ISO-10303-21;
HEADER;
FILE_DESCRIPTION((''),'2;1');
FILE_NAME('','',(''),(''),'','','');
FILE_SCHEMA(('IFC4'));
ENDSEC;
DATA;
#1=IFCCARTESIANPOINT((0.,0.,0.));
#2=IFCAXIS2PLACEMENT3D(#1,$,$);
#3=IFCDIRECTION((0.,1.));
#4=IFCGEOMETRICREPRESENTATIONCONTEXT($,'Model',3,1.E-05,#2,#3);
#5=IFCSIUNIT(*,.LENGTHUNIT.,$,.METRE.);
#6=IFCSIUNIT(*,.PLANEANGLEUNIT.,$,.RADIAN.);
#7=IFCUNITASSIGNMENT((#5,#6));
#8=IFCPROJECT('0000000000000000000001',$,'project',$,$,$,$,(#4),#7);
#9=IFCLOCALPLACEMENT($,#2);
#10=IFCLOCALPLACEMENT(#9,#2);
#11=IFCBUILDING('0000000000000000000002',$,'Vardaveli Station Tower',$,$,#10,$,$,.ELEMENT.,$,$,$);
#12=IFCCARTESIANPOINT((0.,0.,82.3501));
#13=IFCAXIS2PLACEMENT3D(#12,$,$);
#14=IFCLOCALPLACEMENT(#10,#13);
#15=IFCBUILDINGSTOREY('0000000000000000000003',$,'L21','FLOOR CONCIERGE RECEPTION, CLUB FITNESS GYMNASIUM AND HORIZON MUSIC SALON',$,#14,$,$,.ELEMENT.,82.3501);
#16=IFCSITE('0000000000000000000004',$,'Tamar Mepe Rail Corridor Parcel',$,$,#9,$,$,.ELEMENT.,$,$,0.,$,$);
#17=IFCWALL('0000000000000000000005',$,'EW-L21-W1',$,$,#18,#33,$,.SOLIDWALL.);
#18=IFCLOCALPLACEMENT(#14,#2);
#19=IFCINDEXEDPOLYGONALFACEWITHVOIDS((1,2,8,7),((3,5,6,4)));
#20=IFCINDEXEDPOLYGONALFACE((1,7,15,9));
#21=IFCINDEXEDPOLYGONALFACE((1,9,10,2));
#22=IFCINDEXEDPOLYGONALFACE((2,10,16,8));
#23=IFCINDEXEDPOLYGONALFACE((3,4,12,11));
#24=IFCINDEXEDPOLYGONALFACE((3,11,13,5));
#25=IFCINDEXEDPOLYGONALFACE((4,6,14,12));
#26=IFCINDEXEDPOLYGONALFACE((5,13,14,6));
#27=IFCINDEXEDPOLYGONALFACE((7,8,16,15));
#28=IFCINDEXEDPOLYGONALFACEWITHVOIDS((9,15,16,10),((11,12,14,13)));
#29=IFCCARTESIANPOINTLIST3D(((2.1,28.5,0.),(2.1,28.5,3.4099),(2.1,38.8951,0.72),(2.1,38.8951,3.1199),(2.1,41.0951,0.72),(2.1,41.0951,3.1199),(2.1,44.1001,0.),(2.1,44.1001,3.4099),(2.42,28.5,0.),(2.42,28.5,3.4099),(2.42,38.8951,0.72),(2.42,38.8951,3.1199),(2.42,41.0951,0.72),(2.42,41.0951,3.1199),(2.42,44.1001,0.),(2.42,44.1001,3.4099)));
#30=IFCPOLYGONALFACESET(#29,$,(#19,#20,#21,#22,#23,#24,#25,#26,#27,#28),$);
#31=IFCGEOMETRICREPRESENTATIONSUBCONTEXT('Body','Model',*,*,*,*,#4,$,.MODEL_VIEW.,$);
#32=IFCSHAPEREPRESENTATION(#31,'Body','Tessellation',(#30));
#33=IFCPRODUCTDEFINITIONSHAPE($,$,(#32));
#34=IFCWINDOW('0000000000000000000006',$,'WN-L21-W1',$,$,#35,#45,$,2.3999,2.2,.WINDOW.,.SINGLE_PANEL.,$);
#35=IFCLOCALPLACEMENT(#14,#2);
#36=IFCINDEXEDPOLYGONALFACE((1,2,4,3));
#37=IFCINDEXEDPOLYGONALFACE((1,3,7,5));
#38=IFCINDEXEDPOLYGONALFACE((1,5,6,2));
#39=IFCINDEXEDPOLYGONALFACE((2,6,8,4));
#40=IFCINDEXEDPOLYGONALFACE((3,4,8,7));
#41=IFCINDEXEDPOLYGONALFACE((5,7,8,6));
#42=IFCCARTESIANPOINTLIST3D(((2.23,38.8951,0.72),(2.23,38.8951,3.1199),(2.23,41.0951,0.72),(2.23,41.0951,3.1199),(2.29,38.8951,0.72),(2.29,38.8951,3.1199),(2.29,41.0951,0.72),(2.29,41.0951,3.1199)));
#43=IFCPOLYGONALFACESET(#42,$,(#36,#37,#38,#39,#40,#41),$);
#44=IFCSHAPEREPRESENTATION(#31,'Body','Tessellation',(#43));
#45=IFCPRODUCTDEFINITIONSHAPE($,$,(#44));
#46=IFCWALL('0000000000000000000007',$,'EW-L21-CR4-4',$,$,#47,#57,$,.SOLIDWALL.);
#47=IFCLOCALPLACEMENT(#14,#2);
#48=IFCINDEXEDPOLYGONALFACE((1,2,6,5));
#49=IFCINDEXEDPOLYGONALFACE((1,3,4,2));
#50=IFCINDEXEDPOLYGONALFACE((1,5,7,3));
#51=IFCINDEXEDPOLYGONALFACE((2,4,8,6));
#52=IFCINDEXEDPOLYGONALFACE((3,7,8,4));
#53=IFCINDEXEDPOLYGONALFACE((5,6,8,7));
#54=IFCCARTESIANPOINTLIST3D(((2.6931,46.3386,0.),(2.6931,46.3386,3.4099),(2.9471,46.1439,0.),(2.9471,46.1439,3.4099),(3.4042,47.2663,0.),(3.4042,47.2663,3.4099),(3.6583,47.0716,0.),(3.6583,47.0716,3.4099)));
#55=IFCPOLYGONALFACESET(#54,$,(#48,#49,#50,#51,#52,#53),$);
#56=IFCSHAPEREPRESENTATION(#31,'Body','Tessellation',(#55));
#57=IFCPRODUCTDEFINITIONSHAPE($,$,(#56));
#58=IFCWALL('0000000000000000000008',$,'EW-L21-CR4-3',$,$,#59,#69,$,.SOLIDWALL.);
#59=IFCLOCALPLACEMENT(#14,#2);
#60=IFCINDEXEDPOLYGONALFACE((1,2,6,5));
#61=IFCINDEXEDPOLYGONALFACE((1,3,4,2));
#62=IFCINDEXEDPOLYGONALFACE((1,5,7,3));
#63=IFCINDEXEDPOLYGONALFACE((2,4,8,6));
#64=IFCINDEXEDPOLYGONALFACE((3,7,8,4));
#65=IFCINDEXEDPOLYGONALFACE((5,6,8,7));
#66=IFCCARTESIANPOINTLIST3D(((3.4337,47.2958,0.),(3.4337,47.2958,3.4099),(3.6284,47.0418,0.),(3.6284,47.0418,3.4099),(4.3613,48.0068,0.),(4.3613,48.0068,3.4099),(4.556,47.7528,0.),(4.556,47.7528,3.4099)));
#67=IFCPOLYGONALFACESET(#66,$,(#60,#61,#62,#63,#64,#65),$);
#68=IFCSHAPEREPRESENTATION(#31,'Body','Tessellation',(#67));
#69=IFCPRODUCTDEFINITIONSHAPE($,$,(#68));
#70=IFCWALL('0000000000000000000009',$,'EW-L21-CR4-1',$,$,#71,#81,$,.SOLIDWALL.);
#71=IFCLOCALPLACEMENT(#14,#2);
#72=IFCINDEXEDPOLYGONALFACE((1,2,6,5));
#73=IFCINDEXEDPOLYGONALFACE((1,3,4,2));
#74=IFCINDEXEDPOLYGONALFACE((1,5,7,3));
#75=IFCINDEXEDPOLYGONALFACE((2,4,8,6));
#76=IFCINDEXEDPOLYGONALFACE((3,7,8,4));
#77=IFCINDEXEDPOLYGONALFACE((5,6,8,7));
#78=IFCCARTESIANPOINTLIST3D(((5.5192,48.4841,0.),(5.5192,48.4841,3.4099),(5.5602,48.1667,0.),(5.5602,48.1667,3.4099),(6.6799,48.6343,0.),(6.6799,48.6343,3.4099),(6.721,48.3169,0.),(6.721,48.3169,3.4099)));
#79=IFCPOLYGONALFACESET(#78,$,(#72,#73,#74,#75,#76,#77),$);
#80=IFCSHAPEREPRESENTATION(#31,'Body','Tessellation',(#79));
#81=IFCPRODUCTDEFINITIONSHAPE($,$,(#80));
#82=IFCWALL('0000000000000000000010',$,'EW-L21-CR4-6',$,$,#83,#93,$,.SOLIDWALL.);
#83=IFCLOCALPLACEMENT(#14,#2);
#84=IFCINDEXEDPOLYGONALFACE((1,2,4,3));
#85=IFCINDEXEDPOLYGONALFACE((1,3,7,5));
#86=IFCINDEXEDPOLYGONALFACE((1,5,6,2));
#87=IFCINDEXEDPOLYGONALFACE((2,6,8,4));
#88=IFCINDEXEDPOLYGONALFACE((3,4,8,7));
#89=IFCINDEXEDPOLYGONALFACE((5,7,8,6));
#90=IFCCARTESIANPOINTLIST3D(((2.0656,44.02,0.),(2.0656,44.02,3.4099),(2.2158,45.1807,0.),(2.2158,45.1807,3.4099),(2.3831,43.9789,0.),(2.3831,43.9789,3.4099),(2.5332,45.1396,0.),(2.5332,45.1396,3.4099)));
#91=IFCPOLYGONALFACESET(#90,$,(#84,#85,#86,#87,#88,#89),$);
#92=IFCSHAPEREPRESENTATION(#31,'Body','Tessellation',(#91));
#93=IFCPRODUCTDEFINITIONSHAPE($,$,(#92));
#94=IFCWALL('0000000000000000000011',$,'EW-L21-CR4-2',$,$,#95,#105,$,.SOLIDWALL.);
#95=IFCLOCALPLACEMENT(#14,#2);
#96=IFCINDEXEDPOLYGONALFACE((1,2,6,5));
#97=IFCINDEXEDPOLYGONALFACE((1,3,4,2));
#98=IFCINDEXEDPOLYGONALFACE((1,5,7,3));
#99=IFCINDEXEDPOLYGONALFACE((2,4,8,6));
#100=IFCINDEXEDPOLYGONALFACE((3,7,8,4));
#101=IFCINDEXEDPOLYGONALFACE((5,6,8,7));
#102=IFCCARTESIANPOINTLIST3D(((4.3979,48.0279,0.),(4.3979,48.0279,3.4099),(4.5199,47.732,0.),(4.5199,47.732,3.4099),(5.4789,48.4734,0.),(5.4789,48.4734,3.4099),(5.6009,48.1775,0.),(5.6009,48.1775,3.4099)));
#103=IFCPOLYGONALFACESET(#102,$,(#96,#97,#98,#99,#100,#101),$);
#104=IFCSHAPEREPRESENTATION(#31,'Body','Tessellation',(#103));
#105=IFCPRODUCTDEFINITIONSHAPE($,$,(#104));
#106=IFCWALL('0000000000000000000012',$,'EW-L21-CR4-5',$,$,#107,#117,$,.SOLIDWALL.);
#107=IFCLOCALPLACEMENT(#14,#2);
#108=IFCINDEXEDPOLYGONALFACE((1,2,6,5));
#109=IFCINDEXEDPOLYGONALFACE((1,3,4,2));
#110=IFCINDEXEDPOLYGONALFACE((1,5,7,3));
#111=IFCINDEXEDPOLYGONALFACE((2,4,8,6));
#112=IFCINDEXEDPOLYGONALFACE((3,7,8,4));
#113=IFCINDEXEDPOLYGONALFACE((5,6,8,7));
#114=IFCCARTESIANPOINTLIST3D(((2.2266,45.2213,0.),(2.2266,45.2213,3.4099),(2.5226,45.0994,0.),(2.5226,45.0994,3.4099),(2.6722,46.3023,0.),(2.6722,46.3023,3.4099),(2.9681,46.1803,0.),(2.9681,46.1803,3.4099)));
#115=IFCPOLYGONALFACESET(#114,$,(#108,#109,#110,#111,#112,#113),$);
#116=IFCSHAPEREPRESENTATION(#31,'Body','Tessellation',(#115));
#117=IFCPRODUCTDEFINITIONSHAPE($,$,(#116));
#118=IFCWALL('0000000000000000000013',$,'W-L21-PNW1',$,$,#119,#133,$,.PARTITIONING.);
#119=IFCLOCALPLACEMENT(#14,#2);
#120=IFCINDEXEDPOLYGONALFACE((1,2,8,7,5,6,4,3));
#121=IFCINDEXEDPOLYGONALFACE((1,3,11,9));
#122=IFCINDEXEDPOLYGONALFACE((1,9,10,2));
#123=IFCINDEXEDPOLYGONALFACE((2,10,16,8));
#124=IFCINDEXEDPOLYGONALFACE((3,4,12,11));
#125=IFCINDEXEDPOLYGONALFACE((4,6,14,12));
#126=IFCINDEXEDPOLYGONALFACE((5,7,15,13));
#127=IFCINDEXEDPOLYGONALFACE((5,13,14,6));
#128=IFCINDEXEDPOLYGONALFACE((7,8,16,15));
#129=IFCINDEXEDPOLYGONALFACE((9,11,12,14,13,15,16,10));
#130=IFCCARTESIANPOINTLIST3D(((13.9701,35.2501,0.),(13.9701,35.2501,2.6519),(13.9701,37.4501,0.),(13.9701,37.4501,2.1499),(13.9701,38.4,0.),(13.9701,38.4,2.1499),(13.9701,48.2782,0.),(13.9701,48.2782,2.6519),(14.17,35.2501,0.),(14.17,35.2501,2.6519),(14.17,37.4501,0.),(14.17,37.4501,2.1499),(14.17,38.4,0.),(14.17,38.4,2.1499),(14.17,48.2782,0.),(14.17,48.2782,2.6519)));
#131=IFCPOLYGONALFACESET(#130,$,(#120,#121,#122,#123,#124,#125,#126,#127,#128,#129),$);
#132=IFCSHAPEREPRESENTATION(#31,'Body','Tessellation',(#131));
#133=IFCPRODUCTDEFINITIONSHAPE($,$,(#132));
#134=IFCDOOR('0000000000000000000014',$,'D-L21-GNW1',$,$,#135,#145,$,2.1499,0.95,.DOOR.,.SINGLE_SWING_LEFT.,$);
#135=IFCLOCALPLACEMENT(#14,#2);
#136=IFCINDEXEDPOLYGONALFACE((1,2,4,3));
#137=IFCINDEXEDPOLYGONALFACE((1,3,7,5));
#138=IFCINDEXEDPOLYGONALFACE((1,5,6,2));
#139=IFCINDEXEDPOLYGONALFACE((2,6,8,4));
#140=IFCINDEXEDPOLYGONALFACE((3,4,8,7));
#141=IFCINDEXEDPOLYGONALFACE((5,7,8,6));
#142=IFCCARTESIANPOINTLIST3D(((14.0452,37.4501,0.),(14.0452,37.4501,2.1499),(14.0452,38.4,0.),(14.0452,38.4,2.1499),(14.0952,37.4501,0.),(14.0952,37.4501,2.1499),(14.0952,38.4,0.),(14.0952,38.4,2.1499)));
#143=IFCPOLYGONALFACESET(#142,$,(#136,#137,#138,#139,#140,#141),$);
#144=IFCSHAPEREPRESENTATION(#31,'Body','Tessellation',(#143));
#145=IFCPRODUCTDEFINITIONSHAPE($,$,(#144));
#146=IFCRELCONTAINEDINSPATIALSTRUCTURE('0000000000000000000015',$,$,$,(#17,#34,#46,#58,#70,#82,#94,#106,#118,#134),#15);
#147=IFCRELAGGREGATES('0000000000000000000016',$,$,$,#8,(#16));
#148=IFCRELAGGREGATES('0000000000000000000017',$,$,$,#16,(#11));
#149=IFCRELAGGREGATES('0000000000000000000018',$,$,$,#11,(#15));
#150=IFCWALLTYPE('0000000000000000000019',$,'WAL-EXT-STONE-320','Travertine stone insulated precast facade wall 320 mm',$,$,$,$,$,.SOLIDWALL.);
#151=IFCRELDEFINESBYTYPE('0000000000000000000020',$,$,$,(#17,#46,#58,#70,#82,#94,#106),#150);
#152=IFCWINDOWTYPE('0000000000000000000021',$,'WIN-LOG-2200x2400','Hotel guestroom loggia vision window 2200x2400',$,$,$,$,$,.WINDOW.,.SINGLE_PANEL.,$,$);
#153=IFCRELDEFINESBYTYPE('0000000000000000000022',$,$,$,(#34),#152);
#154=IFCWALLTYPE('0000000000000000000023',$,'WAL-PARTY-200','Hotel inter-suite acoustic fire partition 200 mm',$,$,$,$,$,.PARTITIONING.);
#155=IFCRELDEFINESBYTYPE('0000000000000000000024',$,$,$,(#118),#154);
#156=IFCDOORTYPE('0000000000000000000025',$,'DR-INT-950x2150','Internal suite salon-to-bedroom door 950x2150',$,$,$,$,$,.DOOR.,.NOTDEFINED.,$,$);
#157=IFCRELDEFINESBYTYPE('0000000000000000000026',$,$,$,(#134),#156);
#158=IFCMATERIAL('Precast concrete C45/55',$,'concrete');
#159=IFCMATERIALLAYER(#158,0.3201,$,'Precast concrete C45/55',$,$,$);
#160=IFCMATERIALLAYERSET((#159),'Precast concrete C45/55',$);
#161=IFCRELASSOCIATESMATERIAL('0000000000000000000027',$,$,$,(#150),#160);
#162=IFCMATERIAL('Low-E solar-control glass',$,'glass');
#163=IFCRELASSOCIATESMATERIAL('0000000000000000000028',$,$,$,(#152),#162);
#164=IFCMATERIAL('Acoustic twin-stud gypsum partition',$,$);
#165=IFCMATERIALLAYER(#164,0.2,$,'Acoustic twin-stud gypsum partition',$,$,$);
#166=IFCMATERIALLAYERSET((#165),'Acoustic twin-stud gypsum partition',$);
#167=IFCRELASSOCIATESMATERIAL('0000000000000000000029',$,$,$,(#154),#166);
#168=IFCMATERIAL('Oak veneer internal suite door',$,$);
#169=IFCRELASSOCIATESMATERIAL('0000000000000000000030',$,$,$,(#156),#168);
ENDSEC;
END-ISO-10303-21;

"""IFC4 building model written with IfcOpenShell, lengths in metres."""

from ifc_helpers import new_model, si_unit, direction, frame, frame_2d, origin, place, context, subcontext, project, spatial, rectangle, extrude, source, transform, mapped, material, layer, layer_set, type_object, element, fill, save


model = new_model("IFC4")

# Units and contexts
model_context = context("Model", 3, precision=1e-05, world=origin(), true_north=direction((0.0, 1.0)))
body_context = subcontext(model_context, "Body", "Model", "MODEL_VIEW")
ifc_project = project(units=[si_unit("LENGTHUNIT", "METRE"), si_unit("PLANEANGLEUNIT", "RADIAN")], contexts=[model_context])

# Site, building, storey
site_placement = place(None, origin())
site = spatial("IfcSite", under=ifc_project, at=site_placement, Name="Tamar Mepe Rail Corridor Parcel", CompositionType="ELEMENT", RefElevation=0.0)
building_placement = place(site_placement, origin())
building = spatial("IfcBuilding", under=site, at=building_placement, Name="Vardaveli Station Tower", CompositionType="ELEMENT")
storey_placement = place(building_placement, frame((0.0, 0.0, 82.3501)))
storey = spatial("IfcBuildingStorey", under=building, at=storey_placement, Name="L21", Description="FLOOR CONCIERGE RECEPTION, CLUB FITNESS GYMNASIUM AND HORIZON MUSIC SALON", CompositionType="ELEMENT", Elevation=82.3501)

# Shared definitions
ifc_material_1 = material(Name="Precast concrete C45/55", Category="concrete")

# Wall, opening, window
ifc_layer_1 = layer(ifc_material_1, 0.3201, Name="Precast concrete C45/55")
ifc_layer_set_1 = layer_set([ifc_layer_1], Name="Precast concrete C45/55")
wall_type_1 = type_object("IfcWallType", Name="WAL-EXT-STONE-320", Description="Travertine stone insulated precast facade wall 320 mm", PredefinedType="SOLIDWALL", material=ifc_layer_set_1)
shared_shape_1 = source(origin(), body_context, "Body", "SweptSolid", [
    extrude(rectangle(XDim=15.6001, YDim=0.3201, at=frame_2d((7.8, 0.0))), origin(), (0.0, 0.0, 1.0), 3.4099),
])
wall_1_placement = place(storey_placement, frame((2.26, 44.1001, 0.0), z_axis=(0.0, 0.0, 1.0), x_axis=(0.0, -1.0, 0.0)))
wall_1 = element("IfcWall", 1, at=wall_1_placement, inside=storey, type_object=wall_type_1, Name="EW-L21-W1", PredefinedType="SOLIDWALL", context=body_context, shape_type="MappedRepresentation", body=[
    mapped(shared_shape_1, transform((0.0, 0.0, 0.0), scale=1.0)),
])
shared_shape_2 = source(origin(), body_context, "Body", "SweptSolid", [
    extrude(rectangle(XDim=2.2, YDim=2.3999, at=frame_2d((1.1001, 1.2))), frame((0.0, 0.1699, 0.0), z_axis=(0.0, -1.0, 0.0), x_axis=(1.0, 0.0, 0.0)), (0.0, 0.0, 1.0), 0.3401),
])
opening_1_placement = place(wall_1_placement, frame((3.0049, 0.0, 0.72)))
opening_1 = element("IfcOpeningElement", 2, at=opening_1_placement, cuts=wall_1, PredefinedType="OPENING", context=body_context, shape_type="MappedRepresentation", body=[
    mapped(shared_shape_2, transform((0.0, 0.0, 0.0), scale=1.0)),
])
ifc_material_2 = material(Name="Low-E solar-control glass", Category="glass")
window_type = type_object("IfcWindowType", Name="WIN-LOG-2200x2400", Description="Hotel guestroom loggia vision window 2200x2400", PartitioningType="SINGLE_PANEL", PredefinedType="WINDOW", material=ifc_material_2)
shared_shape_3 = source(origin(), body_context, "Body", "SweptSolid", [
    extrude(rectangle(XDim=2.2, YDim=2.3999, at=frame_2d((1.1001, 1.2))), frame((0.0, 0.03, 0.0), z_axis=(0.0, -1.0, 0.0), x_axis=(1.0, 0.0, 0.0)), (0.0, 0.0, 1.0), 0.0601),
])
window_placement = place(opening_1_placement, origin())
window = element("IfcWindow", 3, at=window_placement, inside=storey, type_object=window_type, Name="WN-L21-W1", OverallHeight=2.3999, OverallWidth=2.2, PartitioningType="SINGLE_PANEL", PredefinedType="WINDOW", context=body_context, shape_type="MappedRepresentation", body=[
    mapped(shared_shape_3, transform((0.0, 0.0, 0.0), scale=1.0)),
])
fill(opening_1, window)

# Walls
shared_shape_4 = source(origin(), body_context, "Body", "SweptSolid", [
    extrude(rectangle(XDim=1.1689, YDim=0.3201, at=frame_2d((0.5845, 0.0))), origin(), (0.0, 0.0, 1.0), 3.4099),
])
wall_2_placement = place(storey_placement, frame((3.5312, 47.1689, 0.0), z_axis=(0.0, 0.0, 1.0), x_axis=(-0.608388, -0.79364, 0.0)))
element("IfcWall", 4, at=wall_2_placement, inside=storey, type_object=wall_type_1, Name="EW-L21-CR4-4", PredefinedType="SOLIDWALL", context=body_context, shape_type="MappedRepresentation", body=[
    mapped(shared_shape_4, transform((0.0, 0.0, 0.0), scale=1.0)),
])
shared_shape_5 = source(origin(), body_context, "Body", "SweptSolid", [
    extrude(rectangle(XDim=1.1687, YDim=0.3201, at=frame_2d((0.5845, 0.0))), origin(), (0.0, 0.0, 1.0), 3.4099),
])
wall_3_placement = place(storey_placement, frame((4.4587, 47.8799, 0.0), z_axis=(0.0, 0.0, 1.0), x_axis=(-0.793664, -0.608357, 0.0)))
element("IfcWall", 5, at=wall_3_placement, inside=storey, type_object=wall_type_1, Name="EW-L21-CR4-3", PredefinedType="SOLIDWALL", context=body_context, shape_type="MappedRepresentation", body=[
    mapped(shared_shape_5, transform((0.0, 0.0, 0.0), scale=1.0)),
])
shared_shape_6 = source(origin(), body_context, "Body", "SweptSolid", [
    extrude(rectangle(XDim=1.1704, YDim=0.3201, at=frame_2d((0.5852, 0.0))), origin(), (0.0, 0.0, 1.0), 3.4099),
])
for number, where, z_axis, x_axis, name in (
    (6, (6.7004, 48.4756, 0.0), (0.0, 0.0, 1.0), (-0.991736, -0.128296, 0.0), "EW-L21-CR4-1"),
    (7, (2.3745, 45.1602, 0.0), (0.0, 0.0, 1.0), (-0.128296, -0.991736, 0.0), "EW-L21-CR4-6"),
):
    element("IfcWall", number, at=place(storey_placement, frame(where, z_axis=z_axis, x_axis=x_axis)), inside=storey, type_object=wall_type_1, Name=name, PredefinedType="SOLIDWALL", context=body_context, shape_type="MappedRepresentation", body=[
        mapped(shared_shape_6, transform((0.0, 0.0, 0.0), scale=1.0)),
    ])
shared_shape_7 = source(origin(), body_context, "Body", "SweptSolid", [
    extrude(rectangle(XDim=1.1692, YDim=0.3201, at=frame_2d((0.5845, 0.0))), origin(), (0.0, 0.0, 1.0), 3.4099),
])
for number, where, z_axis, x_axis, name in (
    (8, (5.5398, 48.3254, 0.0), (0.0, 0.0, 1.0), (-0.924553, -0.381054, 0.0), "EW-L21-CR4-2"),
    (9, (2.8201, 46.2412, 0.0), (0.0, 0.0, 1.0), (-0.381054, -0.924553, 0.0), "EW-L21-CR4-5"),
):
    element("IfcWall", number, at=place(storey_placement, frame(where, z_axis=z_axis, x_axis=x_axis)), inside=storey, type_object=wall_type_1, Name=name, PredefinedType="SOLIDWALL", context=body_context, shape_type="MappedRepresentation", body=[
        mapped(shared_shape_7, transform((0.0, 0.0, 0.0), scale=1.0)),
    ])

# Wall, opening, door
ifc_material_3 = material(Name="Acoustic twin-stud gypsum partition")
ifc_layer_2 = layer(ifc_material_3, 0.2, Name="Acoustic twin-stud gypsum partition")
ifc_layer_set_2 = layer_set([ifc_layer_2], Name="Acoustic twin-stud gypsum partition")
wall_type_2 = type_object("IfcWallType", Name="WAL-PARTY-200", Description="Hotel inter-suite acoustic fire partition 200 mm", PredefinedType="PARTITIONING", material=ifc_layer_set_2)
shared_shape_8 = source(origin(), body_context, "Body", "SweptSolid", [
    extrude(rectangle(XDim=13.0281, YDim=0.2, at=frame_2d((6.5142, 0.0))), origin(), (0.0, 0.0, 1.0), 2.6519),
])
wall_4_placement = place(storey_placement, frame((14.0701, 35.25, 0.0), z_axis=(0.0, 0.0, 1.0), x_axis=(0.0, 1.0, 0.0)))
wall_4 = element("IfcWall", 10, at=wall_4_placement, inside=storey, type_object=wall_type_2, Name="W-L21-PNW1", PredefinedType="PARTITIONING", context=body_context, shape_type="MappedRepresentation", body=[
    mapped(shared_shape_8, transform((0.0, 0.0, 0.0), scale=1.0)),
])
shared_shape_9 = source(origin(), body_context, "Body", "SweptSolid", [
    extrude(rectangle(XDim=0.95, YDim=2.1499, at=frame_2d((0.4751, 1.075))), frame((0.0, 0.1099, 0.0), z_axis=(0.0, -1.0, 0.0), x_axis=(1.0, 0.0, 0.0)), (0.0, 0.0, 1.0), 0.22),
])
opening_2_placement = place(wall_4_placement, frame((2.2, 0.0, 0.0)))
opening_2 = element("IfcOpeningElement", 11, at=opening_2_placement, cuts=wall_4, PredefinedType="OPENING", context=body_context, shape_type="MappedRepresentation", body=[
    mapped(shared_shape_9, transform((0.0, 0.0, 0.0), scale=1.0)),
])
ifc_material_4 = material(Name="Oak veneer internal suite door")
door_type_1 = type_object("IfcDoorType", Name="DR-INT-950x2150", Description="Internal suite salon-to-bedroom door 950x2150", OperationType="NOTDEFINED", PredefinedType="DOOR", material=ifc_material_4)
shared_shape_10 = source(origin(), body_context, "Body", "SweptSolid", [
    extrude(rectangle(XDim=0.95, YDim=2.1499, at=frame_2d((0.4751, 1.075))), frame((0.0, 0.0249, 0.0), z_axis=(0.0, -1.0, 0.0), x_axis=(1.0, 0.0, 0.0)), (0.0, 0.0, 1.0), 0.05),
])
door_1_placement = place(opening_2_placement, origin())
door_1 = element("IfcDoor", 12, at=door_1_placement, inside=storey, type_object=door_type_1, Name="D-L21-GNW1", OperationType="SINGLE_SWING_LEFT", OverallHeight=2.1499, OverallWidth=0.95, PredefinedType="DOOR", context=body_context, shape_type="MappedRepresentation", body=[
    mapped(shared_shape_10, transform((0.0, 0.0, 0.0), scale=1.0)),
])
fill(opening_2, door_1)

save(model, "model.ifc")
